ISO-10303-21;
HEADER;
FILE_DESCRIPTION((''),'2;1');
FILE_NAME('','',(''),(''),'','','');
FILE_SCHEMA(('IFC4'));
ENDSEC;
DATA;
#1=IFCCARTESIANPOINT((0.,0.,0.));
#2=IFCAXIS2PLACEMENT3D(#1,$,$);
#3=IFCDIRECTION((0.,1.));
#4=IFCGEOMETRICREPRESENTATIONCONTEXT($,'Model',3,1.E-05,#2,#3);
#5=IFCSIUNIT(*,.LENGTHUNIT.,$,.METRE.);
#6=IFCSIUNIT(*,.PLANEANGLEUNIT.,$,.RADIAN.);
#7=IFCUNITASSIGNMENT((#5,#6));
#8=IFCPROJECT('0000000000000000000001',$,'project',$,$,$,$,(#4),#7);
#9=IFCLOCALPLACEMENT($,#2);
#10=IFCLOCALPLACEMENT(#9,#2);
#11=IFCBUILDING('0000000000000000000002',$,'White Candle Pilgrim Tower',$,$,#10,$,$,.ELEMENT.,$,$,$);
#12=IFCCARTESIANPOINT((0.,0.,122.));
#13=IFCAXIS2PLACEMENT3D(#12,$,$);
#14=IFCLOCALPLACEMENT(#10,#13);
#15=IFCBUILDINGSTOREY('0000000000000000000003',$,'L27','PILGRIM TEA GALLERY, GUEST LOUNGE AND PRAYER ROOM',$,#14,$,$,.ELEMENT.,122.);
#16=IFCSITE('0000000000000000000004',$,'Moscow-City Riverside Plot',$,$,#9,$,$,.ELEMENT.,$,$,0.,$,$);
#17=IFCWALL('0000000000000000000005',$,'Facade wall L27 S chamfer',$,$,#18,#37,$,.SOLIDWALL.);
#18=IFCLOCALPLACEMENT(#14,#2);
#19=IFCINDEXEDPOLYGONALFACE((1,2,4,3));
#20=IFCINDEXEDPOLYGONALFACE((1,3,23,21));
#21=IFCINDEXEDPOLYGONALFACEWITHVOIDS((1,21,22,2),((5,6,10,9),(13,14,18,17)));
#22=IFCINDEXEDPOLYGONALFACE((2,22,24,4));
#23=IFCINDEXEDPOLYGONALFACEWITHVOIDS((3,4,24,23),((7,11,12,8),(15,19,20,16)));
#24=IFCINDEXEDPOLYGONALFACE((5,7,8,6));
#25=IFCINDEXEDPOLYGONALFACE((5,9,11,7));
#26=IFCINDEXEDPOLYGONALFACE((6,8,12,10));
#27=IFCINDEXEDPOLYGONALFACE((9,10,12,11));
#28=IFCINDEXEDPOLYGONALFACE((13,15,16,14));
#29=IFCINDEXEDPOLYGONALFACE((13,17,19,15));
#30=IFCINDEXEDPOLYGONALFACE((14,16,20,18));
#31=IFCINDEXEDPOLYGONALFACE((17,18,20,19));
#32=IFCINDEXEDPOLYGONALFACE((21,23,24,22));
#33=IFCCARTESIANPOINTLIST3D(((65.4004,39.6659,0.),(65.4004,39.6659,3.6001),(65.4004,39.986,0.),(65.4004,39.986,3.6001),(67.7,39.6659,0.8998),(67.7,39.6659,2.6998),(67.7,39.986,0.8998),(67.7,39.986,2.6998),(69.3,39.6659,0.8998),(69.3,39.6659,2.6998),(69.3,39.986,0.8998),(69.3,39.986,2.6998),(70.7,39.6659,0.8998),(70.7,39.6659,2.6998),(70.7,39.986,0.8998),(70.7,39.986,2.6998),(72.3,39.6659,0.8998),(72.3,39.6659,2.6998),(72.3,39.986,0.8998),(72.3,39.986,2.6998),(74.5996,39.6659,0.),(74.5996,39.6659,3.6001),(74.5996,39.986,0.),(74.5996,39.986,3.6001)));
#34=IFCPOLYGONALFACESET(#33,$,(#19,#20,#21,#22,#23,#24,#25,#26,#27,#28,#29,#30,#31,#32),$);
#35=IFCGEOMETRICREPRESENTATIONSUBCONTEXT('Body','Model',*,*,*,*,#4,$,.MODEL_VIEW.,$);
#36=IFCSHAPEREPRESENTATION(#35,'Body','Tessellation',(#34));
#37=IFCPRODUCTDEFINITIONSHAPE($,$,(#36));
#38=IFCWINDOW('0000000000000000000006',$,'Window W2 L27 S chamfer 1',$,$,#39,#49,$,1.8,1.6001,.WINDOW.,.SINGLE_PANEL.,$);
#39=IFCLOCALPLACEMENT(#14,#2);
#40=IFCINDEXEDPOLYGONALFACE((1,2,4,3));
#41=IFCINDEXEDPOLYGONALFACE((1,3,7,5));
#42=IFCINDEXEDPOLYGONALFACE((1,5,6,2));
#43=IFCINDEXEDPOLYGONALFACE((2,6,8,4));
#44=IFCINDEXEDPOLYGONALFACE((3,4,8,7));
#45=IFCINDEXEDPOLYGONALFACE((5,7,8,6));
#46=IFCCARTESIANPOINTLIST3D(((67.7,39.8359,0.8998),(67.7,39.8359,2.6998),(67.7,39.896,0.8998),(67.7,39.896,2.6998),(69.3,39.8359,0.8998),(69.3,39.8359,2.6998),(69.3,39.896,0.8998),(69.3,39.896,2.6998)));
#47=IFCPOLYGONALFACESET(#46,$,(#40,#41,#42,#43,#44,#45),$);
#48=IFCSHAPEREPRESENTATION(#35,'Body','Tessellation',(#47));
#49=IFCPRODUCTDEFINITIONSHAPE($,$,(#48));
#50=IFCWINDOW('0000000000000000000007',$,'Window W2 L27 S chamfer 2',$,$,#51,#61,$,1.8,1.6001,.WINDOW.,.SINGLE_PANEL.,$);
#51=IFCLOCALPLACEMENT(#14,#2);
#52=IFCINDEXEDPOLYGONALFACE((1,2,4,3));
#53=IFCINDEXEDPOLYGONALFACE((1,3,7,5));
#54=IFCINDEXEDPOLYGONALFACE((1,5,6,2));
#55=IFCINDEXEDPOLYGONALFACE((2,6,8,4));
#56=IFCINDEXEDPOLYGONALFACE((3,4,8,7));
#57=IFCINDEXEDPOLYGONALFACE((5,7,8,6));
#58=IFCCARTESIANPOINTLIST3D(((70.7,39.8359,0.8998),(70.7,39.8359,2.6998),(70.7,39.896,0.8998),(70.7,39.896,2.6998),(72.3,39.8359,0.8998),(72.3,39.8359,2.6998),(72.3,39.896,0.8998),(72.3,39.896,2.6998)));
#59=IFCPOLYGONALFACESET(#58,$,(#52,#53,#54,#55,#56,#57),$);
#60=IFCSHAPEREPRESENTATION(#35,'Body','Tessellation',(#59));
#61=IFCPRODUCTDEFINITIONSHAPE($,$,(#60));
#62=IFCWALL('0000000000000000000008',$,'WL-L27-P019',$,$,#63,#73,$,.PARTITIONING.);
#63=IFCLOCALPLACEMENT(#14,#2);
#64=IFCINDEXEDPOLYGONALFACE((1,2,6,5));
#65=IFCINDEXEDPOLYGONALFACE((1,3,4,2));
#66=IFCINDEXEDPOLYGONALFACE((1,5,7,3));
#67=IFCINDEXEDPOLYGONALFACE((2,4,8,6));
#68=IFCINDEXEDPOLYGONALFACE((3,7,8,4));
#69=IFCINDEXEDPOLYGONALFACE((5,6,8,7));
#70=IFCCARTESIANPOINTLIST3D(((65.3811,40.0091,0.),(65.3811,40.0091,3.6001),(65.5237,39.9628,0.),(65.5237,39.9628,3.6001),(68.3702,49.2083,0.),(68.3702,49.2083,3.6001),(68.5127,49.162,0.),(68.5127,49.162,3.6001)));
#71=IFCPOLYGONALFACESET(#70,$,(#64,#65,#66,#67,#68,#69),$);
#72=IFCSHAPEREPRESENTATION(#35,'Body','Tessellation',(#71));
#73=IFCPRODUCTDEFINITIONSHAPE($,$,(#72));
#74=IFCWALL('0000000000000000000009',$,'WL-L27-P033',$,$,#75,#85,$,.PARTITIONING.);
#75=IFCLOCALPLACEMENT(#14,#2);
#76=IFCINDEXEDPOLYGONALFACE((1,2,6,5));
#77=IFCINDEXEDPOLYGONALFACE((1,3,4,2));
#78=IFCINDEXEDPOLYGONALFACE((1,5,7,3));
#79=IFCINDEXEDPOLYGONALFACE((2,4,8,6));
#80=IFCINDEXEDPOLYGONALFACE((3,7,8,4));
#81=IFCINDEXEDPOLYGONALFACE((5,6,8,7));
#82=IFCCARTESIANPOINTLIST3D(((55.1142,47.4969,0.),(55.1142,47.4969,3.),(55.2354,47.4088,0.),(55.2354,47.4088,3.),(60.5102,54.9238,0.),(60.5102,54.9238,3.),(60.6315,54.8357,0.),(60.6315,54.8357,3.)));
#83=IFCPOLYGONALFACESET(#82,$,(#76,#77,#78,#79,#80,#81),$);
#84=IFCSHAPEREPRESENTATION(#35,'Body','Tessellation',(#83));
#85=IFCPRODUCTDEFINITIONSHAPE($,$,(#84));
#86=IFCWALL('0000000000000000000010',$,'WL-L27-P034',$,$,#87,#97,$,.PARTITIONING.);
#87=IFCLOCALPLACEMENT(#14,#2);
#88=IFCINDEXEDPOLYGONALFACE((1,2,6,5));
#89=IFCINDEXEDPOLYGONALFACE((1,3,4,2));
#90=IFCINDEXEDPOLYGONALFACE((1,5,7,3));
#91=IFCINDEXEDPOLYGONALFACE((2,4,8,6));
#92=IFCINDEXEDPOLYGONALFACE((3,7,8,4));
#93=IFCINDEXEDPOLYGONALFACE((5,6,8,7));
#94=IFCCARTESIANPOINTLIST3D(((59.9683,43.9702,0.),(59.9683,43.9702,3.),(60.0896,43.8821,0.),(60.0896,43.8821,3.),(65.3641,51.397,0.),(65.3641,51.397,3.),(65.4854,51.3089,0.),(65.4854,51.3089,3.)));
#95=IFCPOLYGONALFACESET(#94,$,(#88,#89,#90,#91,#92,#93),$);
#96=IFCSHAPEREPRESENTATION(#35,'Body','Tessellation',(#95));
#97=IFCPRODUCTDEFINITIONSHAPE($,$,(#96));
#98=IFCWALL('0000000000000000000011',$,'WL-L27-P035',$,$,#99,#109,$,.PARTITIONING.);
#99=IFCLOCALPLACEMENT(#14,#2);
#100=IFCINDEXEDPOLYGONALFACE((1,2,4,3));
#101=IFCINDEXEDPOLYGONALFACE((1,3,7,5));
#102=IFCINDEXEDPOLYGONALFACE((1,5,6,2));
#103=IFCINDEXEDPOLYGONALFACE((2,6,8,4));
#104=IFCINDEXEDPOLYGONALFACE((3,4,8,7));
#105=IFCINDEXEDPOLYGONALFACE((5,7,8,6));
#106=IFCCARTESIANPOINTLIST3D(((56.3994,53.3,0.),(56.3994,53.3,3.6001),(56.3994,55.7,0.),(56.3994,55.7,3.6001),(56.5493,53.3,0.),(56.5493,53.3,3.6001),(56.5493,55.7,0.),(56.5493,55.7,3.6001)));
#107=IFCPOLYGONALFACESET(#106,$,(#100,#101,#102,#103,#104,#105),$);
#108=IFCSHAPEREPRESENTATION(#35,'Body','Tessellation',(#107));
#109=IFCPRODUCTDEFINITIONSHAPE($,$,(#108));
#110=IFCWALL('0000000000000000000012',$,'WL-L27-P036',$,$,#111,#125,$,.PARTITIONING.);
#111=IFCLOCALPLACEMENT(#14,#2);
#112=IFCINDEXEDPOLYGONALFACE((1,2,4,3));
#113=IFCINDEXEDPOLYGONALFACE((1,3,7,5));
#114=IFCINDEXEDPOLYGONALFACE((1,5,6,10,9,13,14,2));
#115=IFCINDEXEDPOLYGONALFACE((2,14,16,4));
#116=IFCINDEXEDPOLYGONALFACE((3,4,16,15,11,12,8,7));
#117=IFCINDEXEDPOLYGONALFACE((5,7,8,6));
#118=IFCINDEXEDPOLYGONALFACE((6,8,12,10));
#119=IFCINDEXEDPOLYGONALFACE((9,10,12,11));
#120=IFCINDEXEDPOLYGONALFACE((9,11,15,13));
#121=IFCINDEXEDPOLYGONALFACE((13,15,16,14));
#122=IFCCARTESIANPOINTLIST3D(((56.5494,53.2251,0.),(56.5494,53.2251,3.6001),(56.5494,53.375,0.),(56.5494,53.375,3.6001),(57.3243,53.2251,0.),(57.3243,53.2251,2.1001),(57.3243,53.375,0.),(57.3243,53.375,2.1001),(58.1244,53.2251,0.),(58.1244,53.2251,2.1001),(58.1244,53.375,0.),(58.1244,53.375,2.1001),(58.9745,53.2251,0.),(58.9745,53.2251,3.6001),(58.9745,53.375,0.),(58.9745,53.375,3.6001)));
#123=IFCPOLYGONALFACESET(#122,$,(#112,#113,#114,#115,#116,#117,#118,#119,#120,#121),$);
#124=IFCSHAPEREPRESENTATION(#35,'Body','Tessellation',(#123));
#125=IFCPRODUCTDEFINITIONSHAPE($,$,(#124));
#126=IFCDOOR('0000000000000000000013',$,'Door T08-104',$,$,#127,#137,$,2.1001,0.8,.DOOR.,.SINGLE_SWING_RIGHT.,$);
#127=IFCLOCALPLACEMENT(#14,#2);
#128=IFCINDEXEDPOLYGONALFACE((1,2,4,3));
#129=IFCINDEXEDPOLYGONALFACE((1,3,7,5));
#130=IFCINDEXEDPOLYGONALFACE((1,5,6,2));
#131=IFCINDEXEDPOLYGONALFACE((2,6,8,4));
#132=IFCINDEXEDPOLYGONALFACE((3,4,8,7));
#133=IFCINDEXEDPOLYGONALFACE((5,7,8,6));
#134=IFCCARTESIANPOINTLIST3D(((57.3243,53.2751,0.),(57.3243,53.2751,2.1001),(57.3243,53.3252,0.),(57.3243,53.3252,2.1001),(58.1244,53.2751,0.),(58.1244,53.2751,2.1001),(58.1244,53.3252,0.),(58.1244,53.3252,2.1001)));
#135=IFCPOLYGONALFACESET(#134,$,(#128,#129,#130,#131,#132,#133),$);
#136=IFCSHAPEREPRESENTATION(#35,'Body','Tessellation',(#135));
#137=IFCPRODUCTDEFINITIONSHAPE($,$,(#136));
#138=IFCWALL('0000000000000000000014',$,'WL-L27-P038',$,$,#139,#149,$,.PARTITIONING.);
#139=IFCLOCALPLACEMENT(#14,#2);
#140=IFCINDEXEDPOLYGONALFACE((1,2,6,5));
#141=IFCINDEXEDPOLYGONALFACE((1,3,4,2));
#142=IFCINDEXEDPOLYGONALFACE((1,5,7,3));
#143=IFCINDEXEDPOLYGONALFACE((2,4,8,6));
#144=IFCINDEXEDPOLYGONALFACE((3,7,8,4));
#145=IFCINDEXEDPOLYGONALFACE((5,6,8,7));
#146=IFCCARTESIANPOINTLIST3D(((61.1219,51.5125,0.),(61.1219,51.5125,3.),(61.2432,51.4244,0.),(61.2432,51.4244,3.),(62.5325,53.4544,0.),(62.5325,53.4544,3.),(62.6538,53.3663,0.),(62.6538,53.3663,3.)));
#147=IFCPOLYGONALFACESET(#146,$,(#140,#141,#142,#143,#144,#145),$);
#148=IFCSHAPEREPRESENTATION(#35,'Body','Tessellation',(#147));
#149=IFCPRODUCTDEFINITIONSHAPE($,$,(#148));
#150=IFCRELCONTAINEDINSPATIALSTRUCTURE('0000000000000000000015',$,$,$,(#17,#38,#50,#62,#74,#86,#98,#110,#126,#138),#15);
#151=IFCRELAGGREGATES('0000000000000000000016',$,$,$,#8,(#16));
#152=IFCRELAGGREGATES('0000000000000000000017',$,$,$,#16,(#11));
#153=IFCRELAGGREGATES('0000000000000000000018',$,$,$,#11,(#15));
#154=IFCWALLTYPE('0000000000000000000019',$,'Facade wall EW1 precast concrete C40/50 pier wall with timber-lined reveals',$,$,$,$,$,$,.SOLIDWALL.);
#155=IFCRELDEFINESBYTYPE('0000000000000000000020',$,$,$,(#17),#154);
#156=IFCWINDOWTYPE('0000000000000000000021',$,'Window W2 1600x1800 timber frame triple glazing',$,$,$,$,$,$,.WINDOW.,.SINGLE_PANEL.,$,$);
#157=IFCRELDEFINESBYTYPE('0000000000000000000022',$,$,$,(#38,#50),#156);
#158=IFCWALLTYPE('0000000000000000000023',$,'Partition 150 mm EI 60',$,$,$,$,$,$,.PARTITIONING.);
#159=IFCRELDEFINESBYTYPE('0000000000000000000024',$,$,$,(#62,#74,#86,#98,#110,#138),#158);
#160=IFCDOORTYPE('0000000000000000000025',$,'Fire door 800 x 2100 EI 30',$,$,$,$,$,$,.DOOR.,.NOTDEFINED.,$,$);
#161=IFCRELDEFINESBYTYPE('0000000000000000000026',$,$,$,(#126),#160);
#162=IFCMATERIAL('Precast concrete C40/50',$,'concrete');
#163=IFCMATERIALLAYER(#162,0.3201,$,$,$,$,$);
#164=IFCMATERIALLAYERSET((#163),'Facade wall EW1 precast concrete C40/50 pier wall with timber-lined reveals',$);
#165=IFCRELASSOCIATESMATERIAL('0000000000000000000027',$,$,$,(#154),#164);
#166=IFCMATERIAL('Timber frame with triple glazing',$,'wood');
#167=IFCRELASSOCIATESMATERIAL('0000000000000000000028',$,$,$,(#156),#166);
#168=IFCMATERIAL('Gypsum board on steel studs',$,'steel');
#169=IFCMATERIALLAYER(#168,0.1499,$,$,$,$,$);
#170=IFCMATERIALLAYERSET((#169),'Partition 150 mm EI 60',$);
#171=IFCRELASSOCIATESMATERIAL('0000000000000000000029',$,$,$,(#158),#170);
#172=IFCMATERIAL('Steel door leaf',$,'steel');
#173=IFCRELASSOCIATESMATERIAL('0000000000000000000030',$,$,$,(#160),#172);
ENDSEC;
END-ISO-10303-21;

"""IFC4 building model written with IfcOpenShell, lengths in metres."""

from ifc_helpers import new_model, si_unit, direction, frame, frame_2d, origin, place, context, subcontext, project, spatial, rectangle, extrude, material, layer, layer_set, type_object, element, fill, save


model = new_model("IFC4")

# Units and contexts
model_context = context("Model", 3, precision=1e-05, world=origin(), true_north=direction((0.0, 1.0)))
body_context = subcontext(model_context, "Body", "Model", "MODEL_VIEW")
ifc_project = project(units=[si_unit("LENGTHUNIT", "METRE"), si_unit("PLANEANGLEUNIT", "RADIAN")], contexts=[model_context])

# Site, building, storey
site_placement = place(None, origin())
site = spatial("IfcSite", under=ifc_project, at=site_placement, Name="Moscow-City Riverside Plot", CompositionType="ELEMENT", RefElevation=0.0)
building_placement = place(site_placement, origin())
building = spatial("IfcBuilding", under=site, at=building_placement, Name="White Candle Pilgrim Tower", CompositionType="ELEMENT")
storey_placement = place(building_placement, frame((0.0, 0.0, 122.0)))
storey = spatial("IfcBuildingStorey", under=building, at=storey_placement, Name="L27", Description="PILGRIM TEA GALLERY, GUEST LOUNGE AND PRAYER ROOM", CompositionType="ELEMENT", Elevation=122.0)

# Wall, openings, windows
ifc_material_1 = material(Name="Precast concrete C40/50", Category="concrete")
ifc_layer_1 = layer(ifc_material_1, 0.3201)
ifc_layer_set_1 = layer_set([ifc_layer_1], Name="Facade wall EW1 precast concrete C40/50 pier wall with timber-lined reveals")
wall_type_1 = type_object("IfcWallType", Name="Facade wall EW1 precast concrete C40/50 pier wall with timber-lined reveals", PredefinedType="SOLIDWALL", material=ifc_layer_set_1)
wall_1_placement = place(storey_placement, frame((65.4004, 39.8259, 0.0), z_axis=(0.0, 0.0, 1.0), x_axis=(1.0, 0.0, 0.0)))
wall_1 = element("IfcWall", 1, at=wall_1_placement, inside=storey, type_object=wall_type_1, Name="Facade wall L27 S chamfer", PredefinedType="SOLIDWALL", context=body_context, shape_type="SweptSolid", body=[
    extrude(rectangle(XDim=9.1992, YDim=0.3201, at=frame_2d((4.5996, 0.0))), origin(), (0.0, 0.0, 1.0), 3.6001),
])
opening_1_placement = place(wall_1_placement, frame((2.2996, 0.0, 0.8999)))
opening_1 = element("IfcOpeningElement", 2, at=opening_1_placement, cuts=wall_1, PredefinedType="OPENING", context=body_context, shape_type="SweptSolid", body=[
    extrude(rectangle(XDim=1.6001, YDim=1.8, at=frame_2d((0.8, 0.8999))), frame((0.0, 0.1699, 0.0), z_axis=(0.0, -1.0, 0.0), x_axis=(1.0, 0.0, 0.0)), (0.0, 0.0, 1.0), 0.3401),
])
opening_2_placement = place(wall_1_placement, frame((5.2996, 0.0, 0.8999)))
opening_2 = element("IfcOpeningElement", 3, at=opening_2_placement, cuts=wall_1, PredefinedType="OPENING", context=body_context, shape_type="SweptSolid", body=[
    extrude(rectangle(XDim=1.6001, YDim=1.8, at=frame_2d((0.8, 0.8999))), frame((0.0, 0.1699, 0.0), z_axis=(0.0, -1.0, 0.0), x_axis=(1.0, 0.0, 0.0)), (0.0, 0.0, 1.0), 0.3401),
])
ifc_material_2 = material(Name="Timber frame with triple glazing", Category="wood")
window_type = type_object("IfcWindowType", Name="Window W2 1600x1800 timber frame triple glazing", PartitioningType="SINGLE_PANEL", PredefinedType="WINDOW", material=ifc_material_2)
window_1_placement = place(opening_1_placement, origin())
window_1 = element("IfcWindow", 4, at=window_1_placement, inside=storey, type_object=window_type, Name="Window W2 L27 S chamfer 1", OverallHeight=1.8, OverallWidth=1.6001, PartitioningType="SINGLE_PANEL", PredefinedType="WINDOW", context=body_context, shape_type="SweptSolid", body=[
    extrude(rectangle(XDim=1.6001, YDim=1.8, at=frame_2d((0.8, 0.8999))), frame((0.0, 0.0701, 0.0), z_axis=(0.0, -1.0, 0.0), x_axis=(1.0, 0.0, 0.0)), (0.0, 0.0, 1.0), 0.0601),
])
fill(opening_1, window_1)
window_2_placement = place(opening_2_placement, origin())
window_2 = element("IfcWindow", 5, at=window_2_placement, inside=storey, type_object=window_type, Name="Window W2 L27 S chamfer 2", OverallHeight=1.8, OverallWidth=1.6001, PartitioningType="SINGLE_PANEL", PredefinedType="WINDOW", context=body_context, shape_type="SweptSolid", body=[
    extrude(rectangle(XDim=1.6001, YDim=1.8, at=frame_2d((0.8, 0.8999))), frame((0.0, 0.0701, 0.0), z_axis=(0.0, -1.0, 0.0), x_axis=(1.0, 0.0, 0.0)), (0.0, 0.0, 1.0), 0.0601),
])
fill(opening_2, window_2)

# Walls
ifc_material_3 = material(Name="Gypsum board on steel studs", Category="steel")
ifc_layer_2 = layer(ifc_material_3, 0.1499)
ifc_layer_set_2 = layer_set([ifc_layer_2], Name="Partition 150 mm EI 60")
wall_type_2 = type_object("IfcWallType", Name="Partition 150 mm EI 60", PredefinedType="PARTITIONING", material=ifc_layer_set_2)
wall_2_placement = place(storey_placement, frame((65.4524, 39.9858, 0.0), z_axis=(0.0, 0.0, 1.0), x_axis=(0.309018, 0.951056, 0.0)))
element("IfcWall", 6, at=wall_2_placement, inside=storey, type_object=wall_type_2, Name="WL-L27-P019", PredefinedType="PARTITIONING", context=body_context, shape_type="SweptSolid", body=[
    extrude(rectangle(XDim=9.6726, YDim=0.1499, at=frame_2d((4.8364, 0.0))), origin(), (0.0, 0.0, 1.0), 3.6001),
])
wall_3_placement = place(storey_placement, frame((55.1748, 47.4529, 0.0), z_axis=(0.0, 0.0, 1.0), x_axis=(0.587795, 0.80901, 0.0)))
element("IfcWall", 7, at=wall_3_placement, inside=storey, type_object=wall_type_2, Name="WL-L27-P033", PredefinedType="PARTITIONING", context=body_context, shape_type="SweptSolid", body=[
    extrude(rectangle(XDim=9.1802, YDim=0.1499, at=frame_2d((4.5901, 0.0))), origin(), (0.0, 0.0, 1.0), 3.0),
])
wall_4_placement = place(storey_placement, frame((60.0291, 43.9263, 0.0), z_axis=(0.0, 0.0, 1.0), x_axis=(0.587778, 0.809022, 0.0)))
element("IfcWall", 8, at=wall_4_placement, inside=storey, type_object=wall_type_2, Name="WL-L27-P034", PredefinedType="PARTITIONING", context=body_context, shape_type="SweptSolid", body=[
    extrude(rectangle(XDim=9.1799, YDim=0.1499, at=frame_2d((4.5898, 0.0))), origin(), (0.0, 0.0, 1.0), 3.0),
])
wall_5_placement = place(storey_placement, frame((56.4744, 55.7, 0.0), z_axis=(0.0, 0.0, 1.0), x_axis=(0.0, -1.0, 0.0)))
element("IfcWall", 9, at=wall_5_placement, inside=storey, type_object=wall_type_2, Name="WL-L27-P035", PredefinedType="PARTITIONING", context=body_context, shape_type="SweptSolid", body=[
    extrude(rectangle(XDim=2.3999, YDim=0.1499, at=frame_2d((1.2, 0.0))), origin(), (0.0, 0.0, 1.0), 3.6001),
])

# Wall, opening, door
wall_6_placement = place(storey_placement, frame((58.9744, 53.3, 0.0), z_axis=(0.0, 0.0, 1.0), x_axis=(-1.0, 0.0, 0.0)))
wall_6 = element("IfcWall", 10, at=wall_6_placement, inside=storey, type_object=wall_type_2, Name="WL-L27-P036", PredefinedType="PARTITIONING", context=body_context, shape_type="SweptSolid", body=[
    extrude(rectangle(XDim=2.425, YDim=0.1499, at=frame_2d((1.2124, 0.0))), origin(), (0.0, 0.0, 1.0), 3.6001),
])
opening_3_placement = place(wall_6_placement, frame((0.8501, 0.0, 0.0)))
opening_3 = element("IfcOpeningElement", 11, at=opening_3_placement, cuts=wall_6, PredefinedType="OPENING", context=body_context, shape_type="SweptSolid", body=[
    extrude(rectangle(XDim=0.8, YDim=2.1001, at=frame_2d((0.3999, 1.05))), frame((0.0, 0.085, 0.0), z_axis=(0.0, -1.0, 0.0), x_axis=(1.0, 0.0, 0.0)), (0.0, 0.0, 1.0), 0.1699),
])
ifc_material_4 = material(Name="Steel door leaf", Category="steel")
door_type = type_object("IfcDoorType", Name="Fire door 800 x 2100 EI 30", OperationType="NOTDEFINED", PredefinedType="DOOR", material=ifc_material_4)
door_1_placement = place(opening_3_placement, origin())
door_1 = element("IfcDoor", 12, at=door_1_placement, inside=storey, type_object=door_type, Name="Door T08-104", OperationType="SINGLE_SWING_RIGHT", OverallHeight=2.1001, OverallWidth=0.8, PredefinedType="DOOR", context=body_context, shape_type="SweptSolid", body=[
    extrude(rectangle(XDim=0.8, YDim=2.1001, at=frame_2d((0.3999, 1.05))), frame((0.0, 0.0249, 0.0), z_axis=(0.0, -1.0, 0.0), x_axis=(1.0, 0.0, 0.0)), (0.0, 0.0, 1.0), 0.05),
])
fill(opening_3, door_1)

# Wall
wall_7_placement = place(storey_placement, frame((62.5933, 53.4104, 0.0), z_axis=(0.0, 0.0, 1.0), x_axis=(-0.587724, -0.809061, 0.0)))
element("IfcWall", 13, at=wall_7_placement, inside=storey, type_object=wall_type_2, Name="WL-L27-P038", PredefinedType="PARTITIONING", context=body_context, shape_type="SweptSolid", body=[
    extrude(rectangle(XDim=2.4001, YDim=0.1499, at=frame_2d((1.2002, 0.0))), origin(), (0.0, 0.0, 1.0), 3.0),
])

save(model, "model.ifc")
